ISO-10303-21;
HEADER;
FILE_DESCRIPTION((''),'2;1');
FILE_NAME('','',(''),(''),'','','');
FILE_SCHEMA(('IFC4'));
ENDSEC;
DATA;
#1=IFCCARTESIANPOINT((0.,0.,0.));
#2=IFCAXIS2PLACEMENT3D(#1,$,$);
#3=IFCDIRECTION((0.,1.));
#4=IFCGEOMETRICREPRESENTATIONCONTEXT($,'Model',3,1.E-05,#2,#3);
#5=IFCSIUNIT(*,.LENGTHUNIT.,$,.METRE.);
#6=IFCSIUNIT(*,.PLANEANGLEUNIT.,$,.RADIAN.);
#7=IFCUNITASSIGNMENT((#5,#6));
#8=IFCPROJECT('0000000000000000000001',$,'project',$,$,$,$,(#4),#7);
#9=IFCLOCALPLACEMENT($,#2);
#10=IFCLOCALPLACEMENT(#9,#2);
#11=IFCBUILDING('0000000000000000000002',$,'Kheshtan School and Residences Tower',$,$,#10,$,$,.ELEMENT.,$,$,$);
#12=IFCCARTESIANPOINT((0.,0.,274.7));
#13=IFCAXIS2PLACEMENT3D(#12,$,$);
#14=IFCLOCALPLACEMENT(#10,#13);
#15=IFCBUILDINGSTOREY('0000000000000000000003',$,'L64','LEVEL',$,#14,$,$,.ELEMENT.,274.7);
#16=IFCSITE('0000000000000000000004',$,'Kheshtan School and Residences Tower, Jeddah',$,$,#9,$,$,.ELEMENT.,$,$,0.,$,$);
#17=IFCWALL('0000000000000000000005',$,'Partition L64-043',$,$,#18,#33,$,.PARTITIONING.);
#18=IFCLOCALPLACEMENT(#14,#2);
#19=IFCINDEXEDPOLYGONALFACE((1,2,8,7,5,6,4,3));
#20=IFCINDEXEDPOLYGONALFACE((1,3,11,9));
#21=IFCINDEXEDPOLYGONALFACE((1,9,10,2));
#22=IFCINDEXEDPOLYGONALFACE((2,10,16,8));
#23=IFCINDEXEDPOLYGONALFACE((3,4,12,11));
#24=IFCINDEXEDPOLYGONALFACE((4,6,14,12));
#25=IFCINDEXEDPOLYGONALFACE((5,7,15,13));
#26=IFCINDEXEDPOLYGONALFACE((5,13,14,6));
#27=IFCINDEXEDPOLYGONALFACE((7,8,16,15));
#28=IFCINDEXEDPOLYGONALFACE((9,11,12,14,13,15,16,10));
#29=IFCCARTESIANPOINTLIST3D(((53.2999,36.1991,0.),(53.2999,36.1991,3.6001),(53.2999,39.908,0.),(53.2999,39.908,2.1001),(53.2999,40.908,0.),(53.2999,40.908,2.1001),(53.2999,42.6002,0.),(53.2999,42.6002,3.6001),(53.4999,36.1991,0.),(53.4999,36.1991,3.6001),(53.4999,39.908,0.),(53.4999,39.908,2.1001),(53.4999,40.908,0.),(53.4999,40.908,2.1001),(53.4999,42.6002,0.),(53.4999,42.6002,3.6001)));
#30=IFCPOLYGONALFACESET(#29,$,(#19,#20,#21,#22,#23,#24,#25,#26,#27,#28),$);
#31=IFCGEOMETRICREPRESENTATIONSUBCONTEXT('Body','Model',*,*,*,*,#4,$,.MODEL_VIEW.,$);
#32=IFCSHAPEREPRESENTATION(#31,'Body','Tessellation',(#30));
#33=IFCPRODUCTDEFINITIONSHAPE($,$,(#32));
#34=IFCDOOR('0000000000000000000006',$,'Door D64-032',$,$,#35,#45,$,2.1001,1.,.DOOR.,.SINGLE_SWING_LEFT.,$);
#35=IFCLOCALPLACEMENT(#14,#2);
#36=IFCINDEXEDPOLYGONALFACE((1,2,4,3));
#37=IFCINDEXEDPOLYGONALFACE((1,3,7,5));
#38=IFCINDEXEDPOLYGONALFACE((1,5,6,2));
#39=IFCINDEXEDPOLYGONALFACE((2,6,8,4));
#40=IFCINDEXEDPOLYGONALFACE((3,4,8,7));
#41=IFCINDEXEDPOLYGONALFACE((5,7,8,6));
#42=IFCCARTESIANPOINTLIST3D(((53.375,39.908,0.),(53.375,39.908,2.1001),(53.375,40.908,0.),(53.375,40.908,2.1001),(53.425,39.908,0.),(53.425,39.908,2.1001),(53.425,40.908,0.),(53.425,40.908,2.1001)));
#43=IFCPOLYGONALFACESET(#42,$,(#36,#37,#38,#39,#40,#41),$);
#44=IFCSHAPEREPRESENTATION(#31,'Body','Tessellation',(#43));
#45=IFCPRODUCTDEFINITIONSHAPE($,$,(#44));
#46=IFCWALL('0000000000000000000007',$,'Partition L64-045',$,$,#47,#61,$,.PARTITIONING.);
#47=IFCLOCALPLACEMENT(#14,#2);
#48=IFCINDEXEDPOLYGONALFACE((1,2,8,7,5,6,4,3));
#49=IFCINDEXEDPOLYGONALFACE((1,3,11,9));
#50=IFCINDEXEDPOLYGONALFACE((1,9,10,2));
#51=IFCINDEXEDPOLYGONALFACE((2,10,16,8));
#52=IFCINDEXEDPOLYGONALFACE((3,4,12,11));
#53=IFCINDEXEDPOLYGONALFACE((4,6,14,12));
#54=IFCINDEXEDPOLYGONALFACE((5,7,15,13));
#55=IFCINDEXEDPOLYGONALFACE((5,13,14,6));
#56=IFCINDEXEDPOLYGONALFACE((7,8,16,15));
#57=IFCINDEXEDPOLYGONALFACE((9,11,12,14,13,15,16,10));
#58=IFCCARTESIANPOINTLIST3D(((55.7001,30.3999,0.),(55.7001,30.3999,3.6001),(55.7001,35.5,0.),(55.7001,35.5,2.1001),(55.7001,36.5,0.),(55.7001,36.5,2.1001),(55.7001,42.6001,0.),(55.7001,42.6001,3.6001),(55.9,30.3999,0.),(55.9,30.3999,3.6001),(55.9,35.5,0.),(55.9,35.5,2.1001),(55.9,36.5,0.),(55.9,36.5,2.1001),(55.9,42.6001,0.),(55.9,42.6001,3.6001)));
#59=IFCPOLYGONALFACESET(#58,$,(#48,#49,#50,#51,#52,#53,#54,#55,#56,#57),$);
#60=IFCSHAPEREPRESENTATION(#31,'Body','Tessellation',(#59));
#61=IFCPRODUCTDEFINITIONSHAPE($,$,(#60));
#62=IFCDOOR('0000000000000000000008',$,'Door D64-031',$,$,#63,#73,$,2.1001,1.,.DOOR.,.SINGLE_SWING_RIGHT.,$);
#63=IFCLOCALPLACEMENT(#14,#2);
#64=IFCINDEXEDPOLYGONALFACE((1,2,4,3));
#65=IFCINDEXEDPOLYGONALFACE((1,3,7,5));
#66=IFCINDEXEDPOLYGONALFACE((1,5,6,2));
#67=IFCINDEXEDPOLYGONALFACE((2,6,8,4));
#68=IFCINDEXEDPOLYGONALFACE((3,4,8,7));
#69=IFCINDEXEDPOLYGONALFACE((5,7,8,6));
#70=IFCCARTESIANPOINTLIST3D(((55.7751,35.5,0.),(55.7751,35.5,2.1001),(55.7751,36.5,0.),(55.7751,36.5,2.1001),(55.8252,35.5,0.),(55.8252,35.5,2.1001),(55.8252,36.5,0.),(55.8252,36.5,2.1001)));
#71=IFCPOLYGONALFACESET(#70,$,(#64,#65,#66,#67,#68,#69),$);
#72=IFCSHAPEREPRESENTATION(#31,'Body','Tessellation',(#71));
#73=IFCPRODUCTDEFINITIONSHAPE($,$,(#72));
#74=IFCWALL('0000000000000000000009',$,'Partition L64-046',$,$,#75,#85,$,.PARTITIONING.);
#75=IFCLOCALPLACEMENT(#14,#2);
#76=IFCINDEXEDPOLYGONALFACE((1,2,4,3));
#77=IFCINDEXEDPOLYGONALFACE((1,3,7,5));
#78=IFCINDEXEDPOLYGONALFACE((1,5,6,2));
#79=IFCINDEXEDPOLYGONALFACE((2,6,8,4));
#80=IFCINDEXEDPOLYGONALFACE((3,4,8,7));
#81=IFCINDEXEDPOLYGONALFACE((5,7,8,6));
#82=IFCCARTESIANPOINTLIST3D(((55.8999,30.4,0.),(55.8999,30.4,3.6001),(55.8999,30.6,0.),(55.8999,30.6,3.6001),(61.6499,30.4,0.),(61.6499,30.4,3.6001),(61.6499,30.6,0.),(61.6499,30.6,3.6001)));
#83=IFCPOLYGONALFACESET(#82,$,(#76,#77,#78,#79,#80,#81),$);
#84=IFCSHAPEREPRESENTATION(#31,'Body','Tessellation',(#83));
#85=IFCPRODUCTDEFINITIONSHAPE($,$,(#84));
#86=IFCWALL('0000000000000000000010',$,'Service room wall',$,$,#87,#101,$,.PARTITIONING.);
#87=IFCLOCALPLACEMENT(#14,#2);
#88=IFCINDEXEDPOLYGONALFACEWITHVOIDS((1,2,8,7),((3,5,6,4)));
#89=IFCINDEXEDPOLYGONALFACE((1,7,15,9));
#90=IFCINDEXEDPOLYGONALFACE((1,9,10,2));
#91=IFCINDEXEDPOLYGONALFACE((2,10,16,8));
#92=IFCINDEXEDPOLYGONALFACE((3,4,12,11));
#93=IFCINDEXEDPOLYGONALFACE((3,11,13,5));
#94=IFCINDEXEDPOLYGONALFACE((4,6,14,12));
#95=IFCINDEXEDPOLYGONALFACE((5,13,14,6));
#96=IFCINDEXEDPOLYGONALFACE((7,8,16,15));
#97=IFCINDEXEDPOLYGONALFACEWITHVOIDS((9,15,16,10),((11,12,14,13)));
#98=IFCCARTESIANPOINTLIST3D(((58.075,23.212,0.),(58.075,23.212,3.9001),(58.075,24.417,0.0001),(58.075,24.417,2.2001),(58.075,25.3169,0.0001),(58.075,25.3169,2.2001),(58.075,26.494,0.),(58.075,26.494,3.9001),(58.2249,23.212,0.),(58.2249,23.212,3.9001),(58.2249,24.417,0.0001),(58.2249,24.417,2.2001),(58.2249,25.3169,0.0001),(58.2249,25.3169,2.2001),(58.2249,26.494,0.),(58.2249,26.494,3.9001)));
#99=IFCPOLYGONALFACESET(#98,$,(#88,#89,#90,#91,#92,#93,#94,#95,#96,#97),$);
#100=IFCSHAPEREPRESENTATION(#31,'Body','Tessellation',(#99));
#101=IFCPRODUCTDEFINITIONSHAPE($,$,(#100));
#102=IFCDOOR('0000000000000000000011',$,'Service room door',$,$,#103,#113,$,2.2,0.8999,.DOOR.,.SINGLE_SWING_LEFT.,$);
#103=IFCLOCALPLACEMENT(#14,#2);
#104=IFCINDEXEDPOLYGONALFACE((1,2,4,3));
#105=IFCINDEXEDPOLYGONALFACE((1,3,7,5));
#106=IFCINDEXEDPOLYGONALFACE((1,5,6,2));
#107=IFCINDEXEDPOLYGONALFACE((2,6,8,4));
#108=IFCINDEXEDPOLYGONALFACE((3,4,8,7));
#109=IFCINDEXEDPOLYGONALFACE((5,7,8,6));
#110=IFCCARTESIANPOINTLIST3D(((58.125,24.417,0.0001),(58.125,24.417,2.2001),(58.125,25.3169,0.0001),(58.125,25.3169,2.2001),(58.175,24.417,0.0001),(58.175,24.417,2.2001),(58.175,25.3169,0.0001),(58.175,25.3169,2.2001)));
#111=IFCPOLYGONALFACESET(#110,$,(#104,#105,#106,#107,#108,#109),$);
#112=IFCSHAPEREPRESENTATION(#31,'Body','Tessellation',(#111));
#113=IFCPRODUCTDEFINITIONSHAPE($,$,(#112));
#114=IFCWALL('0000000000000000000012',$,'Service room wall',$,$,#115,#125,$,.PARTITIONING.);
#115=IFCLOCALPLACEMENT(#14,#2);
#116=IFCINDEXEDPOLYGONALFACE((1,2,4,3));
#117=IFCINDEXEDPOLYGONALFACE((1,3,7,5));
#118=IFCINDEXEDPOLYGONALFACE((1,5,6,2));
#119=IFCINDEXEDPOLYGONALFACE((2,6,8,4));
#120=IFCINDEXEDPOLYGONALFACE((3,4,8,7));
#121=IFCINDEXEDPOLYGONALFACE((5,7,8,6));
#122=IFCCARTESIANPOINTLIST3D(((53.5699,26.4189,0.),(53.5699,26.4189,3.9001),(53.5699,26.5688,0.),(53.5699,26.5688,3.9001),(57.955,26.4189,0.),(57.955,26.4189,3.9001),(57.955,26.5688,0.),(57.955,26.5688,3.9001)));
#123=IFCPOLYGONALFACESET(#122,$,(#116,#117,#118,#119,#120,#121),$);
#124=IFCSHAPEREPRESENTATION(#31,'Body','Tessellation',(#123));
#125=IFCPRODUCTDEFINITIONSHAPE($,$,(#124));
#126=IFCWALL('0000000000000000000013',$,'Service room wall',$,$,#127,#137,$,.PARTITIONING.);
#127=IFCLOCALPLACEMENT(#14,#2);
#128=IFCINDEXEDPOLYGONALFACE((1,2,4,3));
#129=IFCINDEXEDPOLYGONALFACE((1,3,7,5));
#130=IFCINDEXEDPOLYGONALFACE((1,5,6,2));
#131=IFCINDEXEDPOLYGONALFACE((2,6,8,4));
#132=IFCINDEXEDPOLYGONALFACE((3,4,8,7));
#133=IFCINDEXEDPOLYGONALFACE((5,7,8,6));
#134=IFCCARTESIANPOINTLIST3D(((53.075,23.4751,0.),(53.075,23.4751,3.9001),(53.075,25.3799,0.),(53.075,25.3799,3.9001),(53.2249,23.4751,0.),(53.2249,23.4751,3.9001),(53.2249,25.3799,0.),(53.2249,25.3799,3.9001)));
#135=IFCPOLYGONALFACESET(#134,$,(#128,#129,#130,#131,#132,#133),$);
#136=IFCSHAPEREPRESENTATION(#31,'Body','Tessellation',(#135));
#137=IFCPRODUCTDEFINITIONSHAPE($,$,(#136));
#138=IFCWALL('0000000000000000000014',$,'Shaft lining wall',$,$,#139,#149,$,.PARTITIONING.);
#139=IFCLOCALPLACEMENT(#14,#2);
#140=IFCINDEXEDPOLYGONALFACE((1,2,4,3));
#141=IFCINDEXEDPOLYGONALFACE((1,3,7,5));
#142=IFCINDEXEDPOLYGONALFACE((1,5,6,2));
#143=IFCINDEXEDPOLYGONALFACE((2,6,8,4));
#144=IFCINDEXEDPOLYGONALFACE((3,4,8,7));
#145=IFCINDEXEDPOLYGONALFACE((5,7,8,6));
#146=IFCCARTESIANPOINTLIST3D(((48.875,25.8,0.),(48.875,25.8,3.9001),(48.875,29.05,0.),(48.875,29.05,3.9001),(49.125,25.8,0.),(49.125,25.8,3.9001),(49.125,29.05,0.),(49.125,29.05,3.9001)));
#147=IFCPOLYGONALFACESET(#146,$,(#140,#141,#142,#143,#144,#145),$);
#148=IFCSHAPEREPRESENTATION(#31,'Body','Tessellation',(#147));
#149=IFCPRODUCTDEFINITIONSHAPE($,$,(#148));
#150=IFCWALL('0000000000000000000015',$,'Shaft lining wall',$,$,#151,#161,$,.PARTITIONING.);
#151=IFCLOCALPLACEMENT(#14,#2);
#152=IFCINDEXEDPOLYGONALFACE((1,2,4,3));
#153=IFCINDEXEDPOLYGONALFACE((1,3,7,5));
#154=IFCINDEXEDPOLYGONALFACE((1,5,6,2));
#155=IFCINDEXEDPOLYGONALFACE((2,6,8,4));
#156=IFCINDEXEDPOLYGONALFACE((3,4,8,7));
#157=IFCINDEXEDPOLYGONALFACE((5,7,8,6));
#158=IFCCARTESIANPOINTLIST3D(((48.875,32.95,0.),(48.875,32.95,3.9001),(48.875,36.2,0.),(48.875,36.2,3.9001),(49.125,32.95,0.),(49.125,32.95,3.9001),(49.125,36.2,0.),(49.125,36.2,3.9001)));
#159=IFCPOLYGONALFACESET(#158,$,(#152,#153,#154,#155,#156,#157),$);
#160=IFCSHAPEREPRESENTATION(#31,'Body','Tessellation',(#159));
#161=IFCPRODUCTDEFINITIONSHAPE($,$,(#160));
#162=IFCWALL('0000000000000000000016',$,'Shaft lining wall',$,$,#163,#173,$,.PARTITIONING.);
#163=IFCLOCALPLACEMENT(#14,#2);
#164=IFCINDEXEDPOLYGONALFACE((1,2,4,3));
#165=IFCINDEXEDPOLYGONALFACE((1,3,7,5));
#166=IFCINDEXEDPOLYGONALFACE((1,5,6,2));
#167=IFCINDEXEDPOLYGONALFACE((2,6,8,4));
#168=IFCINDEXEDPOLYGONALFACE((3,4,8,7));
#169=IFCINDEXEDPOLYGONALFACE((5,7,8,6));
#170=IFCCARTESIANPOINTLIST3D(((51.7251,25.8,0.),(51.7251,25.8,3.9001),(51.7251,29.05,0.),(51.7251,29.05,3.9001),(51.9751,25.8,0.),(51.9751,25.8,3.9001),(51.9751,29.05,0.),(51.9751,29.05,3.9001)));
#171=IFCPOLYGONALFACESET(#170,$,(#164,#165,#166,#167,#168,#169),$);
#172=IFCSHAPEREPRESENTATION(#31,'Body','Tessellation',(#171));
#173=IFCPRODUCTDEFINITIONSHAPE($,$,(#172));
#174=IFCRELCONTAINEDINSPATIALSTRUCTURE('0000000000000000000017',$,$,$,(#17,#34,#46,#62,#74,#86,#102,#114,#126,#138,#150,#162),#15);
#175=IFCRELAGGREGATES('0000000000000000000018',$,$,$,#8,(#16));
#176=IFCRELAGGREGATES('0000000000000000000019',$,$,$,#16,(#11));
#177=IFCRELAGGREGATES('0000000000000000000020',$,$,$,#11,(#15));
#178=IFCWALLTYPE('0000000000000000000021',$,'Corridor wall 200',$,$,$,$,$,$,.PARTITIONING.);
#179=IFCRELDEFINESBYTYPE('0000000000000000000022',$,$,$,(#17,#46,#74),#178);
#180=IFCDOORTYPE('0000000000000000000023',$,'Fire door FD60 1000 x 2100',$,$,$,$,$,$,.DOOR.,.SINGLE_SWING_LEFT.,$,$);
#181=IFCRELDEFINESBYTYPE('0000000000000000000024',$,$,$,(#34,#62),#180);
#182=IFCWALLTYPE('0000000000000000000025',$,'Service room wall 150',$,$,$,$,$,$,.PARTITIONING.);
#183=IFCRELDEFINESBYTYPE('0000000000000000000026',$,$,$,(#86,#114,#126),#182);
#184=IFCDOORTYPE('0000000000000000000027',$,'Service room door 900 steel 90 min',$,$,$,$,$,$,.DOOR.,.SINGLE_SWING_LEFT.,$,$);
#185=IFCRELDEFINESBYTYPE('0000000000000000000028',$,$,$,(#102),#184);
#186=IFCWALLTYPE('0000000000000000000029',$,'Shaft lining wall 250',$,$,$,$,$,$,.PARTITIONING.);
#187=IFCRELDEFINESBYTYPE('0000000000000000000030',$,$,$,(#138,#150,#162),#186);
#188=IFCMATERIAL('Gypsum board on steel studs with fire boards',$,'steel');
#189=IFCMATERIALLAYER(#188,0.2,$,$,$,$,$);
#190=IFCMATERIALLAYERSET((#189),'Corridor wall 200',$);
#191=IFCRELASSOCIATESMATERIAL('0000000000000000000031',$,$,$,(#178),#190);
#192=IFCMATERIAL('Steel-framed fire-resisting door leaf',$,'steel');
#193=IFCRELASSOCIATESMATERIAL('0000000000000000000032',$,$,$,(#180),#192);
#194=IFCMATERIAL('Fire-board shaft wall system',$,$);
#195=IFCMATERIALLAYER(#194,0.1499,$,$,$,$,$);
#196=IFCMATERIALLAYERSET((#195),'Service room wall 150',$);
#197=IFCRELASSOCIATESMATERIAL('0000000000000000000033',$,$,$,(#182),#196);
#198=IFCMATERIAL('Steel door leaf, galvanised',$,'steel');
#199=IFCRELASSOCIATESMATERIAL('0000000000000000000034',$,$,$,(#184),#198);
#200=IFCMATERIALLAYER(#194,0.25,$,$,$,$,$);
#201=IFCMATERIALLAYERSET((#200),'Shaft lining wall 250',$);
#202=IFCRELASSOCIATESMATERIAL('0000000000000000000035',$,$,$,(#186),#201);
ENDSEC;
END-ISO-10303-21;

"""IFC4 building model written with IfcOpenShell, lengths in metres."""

from ifc_helpers import new_model, si_unit, direction, frame, frame_2d, origin, place, context, subcontext, project, spatial, rectangle, extrude, source, transform, mapped, material, layer, layer_set, type_object, element, fill, save


model = new_model("IFC4")

# Units and contexts
model_context = context("Model", 3, precision=1e-05, world=origin(), true_north=direction((0.0, 1.0)))
body_context = subcontext(model_context, "Body", "Model", "MODEL_VIEW")
ifc_project = project(units=[si_unit("LENGTHUNIT", "METRE"), si_unit("PLANEANGLEUNIT", "RADIAN")], contexts=[model_context])

# Site, building, storey
site_placement = place(None, origin())
site = spatial("IfcSite", under=ifc_project, at=site_placement, Name="Kheshtan School and Residences Tower, Jeddah", CompositionType="ELEMENT", RefElevation=0.0)
building_placement = place(site_placement, origin())
building = spatial("IfcBuilding", under=site, at=building_placement, Name="Kheshtan School and Residences Tower", CompositionType="ELEMENT")
storey_placement = place(building_placement, frame((0.0, 0.0, 274.7)))
storey = spatial("IfcBuildingStorey", under=building, at=storey_placement, Name="L64", Description="LEVEL", CompositionType="ELEMENT", Elevation=274.7)

# Shared definitions
ifc_material_1 = material(Name="Steel door leaf, galvanised", Category="steel")

# Walls, openings, doors
ifc_material_2 = material(Name="Gypsum board on steel studs with fire boards", Category="steel")
ifc_layer_1 = layer(ifc_material_2, 0.2)
ifc_layer_set_1 = layer_set([ifc_layer_1], Name="Corridor wall 200")
wall_type_1 = type_object("IfcWallType", Name="Corridor wall 200", PredefinedType="PARTITIONING", material=ifc_layer_set_1)
wall_1_placement = place(storey_placement, frame((53.3999, 36.199, 0.0), z_axis=(0.0, 0.0, 1.0), x_axis=(0.0, 1.0, 0.0)))
wall_1 = element("IfcWall", 1, at=wall_1_placement, inside=storey, type_object=wall_type_1, Name="Partition L64-043", PredefinedType="PARTITIONING", context=body_context, shape_type="SweptSolid", body=[
    extrude(rectangle(XDim=6.4011, YDim=0.2, at=frame_2d((3.2007, 0.0))), origin(), (0.0, 0.0, 1.0), 3.6001),
])
opening_1_placement = place(wall_1_placement, frame((3.709, 0.0, 0.0)))
opening_1 = element("IfcOpeningElement", 2, at=opening_1_placement, cuts=wall_1, PredefinedType="OPENING", context=body_context, shape_type="SweptSolid", body=[
    extrude(rectangle(XDim=1.0, YDim=2.1001, at=frame_2d((0.5, 1.05))), frame((0.0, 0.1099, 0.0), z_axis=(0.0, -1.0, 0.0), x_axis=(1.0, 0.0, 0.0)), (0.0, 0.0, 1.0), 0.22),
])
ifc_material_3 = material(Name="Steel-framed fire-resisting door leaf", Category="steel")
door_type_1 = type_object("IfcDoorType", Name="Fire door FD60 1000 x 2100", OperationType="SINGLE_SWING_LEFT", PredefinedType="DOOR", material=ifc_material_3)
shared_shape_1 = source(origin(), body_context, "Body", "SweptSolid", [
    extrude(rectangle(XDim=1.0, YDim=2.1001, at=frame_2d((0.5, 1.05))), frame((0.0, 0.0249, 0.0), z_axis=(0.0, -1.0, 0.0), x_axis=(1.0, 0.0, 0.0)), (0.0, 0.0, 1.0), 0.05),
])
door_1_placement = place(opening_1_placement, origin())
door_1 = element("IfcDoor", 3, at=door_1_placement, inside=storey, type_object=door_type_1, Name="Door D64-032", OperationType="SINGLE_SWING_LEFT", OverallHeight=2.1001, OverallWidth=1.0, PredefinedType="DOOR", context=body_context, shape_type="MappedRepresentation", body=[
    mapped(shared_shape_1, transform((0.0, 0.0, 0.0), x_axis=(1.0, 0.0, 0.0), y_axis=(0.0, 1.0, 0.0), z_axis=(0.0, 0.0, 1.0), scale=1.0)),
])
fill(opening_1, door_1)
wall_2_placement = place(storey_placement, frame((55.8, 30.3999, 0.0), z_axis=(0.0, 0.0, 1.0), x_axis=(0.0, 1.0, 0.0)))
wall_2 = element("IfcWall", 4, at=wall_2_placement, inside=storey, type_object=wall_type_1, Name="Partition L64-045", PredefinedType="PARTITIONING", context=body_context, shape_type="SweptSolid", body=[
    extrude(rectangle(XDim=12.2002, YDim=0.2, at=frame_2d((6.1001, 0.0))), origin(), (0.0, 0.0, 1.0), 3.6001),
])
opening_2_placement = place(wall_2_placement, frame((5.1001, 0.0, 0.0)))
opening_2 = element("IfcOpeningElement", 5, at=opening_2_placement, cuts=wall_2, PredefinedType="OPENING", context=body_context, shape_type="SweptSolid", body=[
    extrude(rectangle(XDim=1.0, YDim=2.1001, at=frame_2d((0.5, 1.05))), frame((0.0, 0.1099, 0.0), z_axis=(0.0, -1.0, 0.0), x_axis=(1.0, 0.0, 0.0)), (0.0, 0.0, 1.0), 0.22),
])
door_2_placement = place(opening_2_placement, origin())
door_2 = element("IfcDoor", 6, at=door_2_placement, inside=storey, type_object=door_type_1, Name="Door D64-031", OperationType="SINGLE_SWING_RIGHT", OverallHeight=2.1001, OverallWidth=1.0, PredefinedType="DOOR", context=body_context, shape_type="MappedRepresentation", body=[
    mapped(shared_shape_1, transform((0.0, 0.0, 0.0), x_axis=(1.0, 0.0, 0.0), y_axis=(0.0, 1.0, 0.0), z_axis=(0.0, 0.0, 1.0), scale=1.0)),
])
fill(opening_2, door_2)

# Wall
wall_3_placement = place(storey_placement, frame((55.8999, 30.5, 0.0), z_axis=(0.0, 0.0, 1.0), x_axis=(1.0, 0.0, 0.0)))
element("IfcWall", 7, at=wall_3_placement, inside=storey, type_object=wall_type_1, Name="Partition L64-046", PredefinedType="PARTITIONING", context=body_context, shape_type="SweptSolid", body=[
    extrude(rectangle(XDim=5.75, YDim=0.2, at=frame_2d((2.875, 0.0))), origin(), (0.0, 0.0, 1.0), 3.6001),
])

# Wall, opening, door
ifc_material_4 = material(Name="Fire-board shaft wall system")
ifc_layer_2 = layer(ifc_material_4, 0.1499)
ifc_layer_set_2 = layer_set([ifc_layer_2], Name="Service room wall 150")
wall_type_2 = type_object("IfcWallType", Name="Service room wall 150", PredefinedType="PARTITIONING", material=ifc_layer_set_2)
wall_4_placement = place(storey_placement, frame((58.1499, 23.2119, 0.0), z_axis=(0.0, 0.0, 1.0), x_axis=(0.0, 1.0, 0.0)))
wall_4 = element("IfcWall", 8, at=wall_4_placement, inside=storey, type_object=wall_type_2, Name="Service room wall", PredefinedType="PARTITIONING", context=body_context, shape_type="SweptSolid", body=[
    extrude(rectangle(XDim=3.282, YDim=0.1499, at=frame_2d((1.6411, 0.0))), origin(), (0.0, 0.0, 1.0), 3.9001),
])
opening_3_placement = place(wall_4_placement, frame((1.2051, 0.0, 0.0)))
opening_3 = element("IfcOpeningElement", 9, at=opening_3_placement, cuts=wall_4, PredefinedType="OPENING", context=body_context, shape_type="SweptSolid", body=[
    extrude(rectangle(XDim=0.8999, YDim=2.2, at=frame_2d((0.45, 1.1001))), frame((0.0, 0.085, 0.0), z_axis=(0.0, -1.0, 0.0), x_axis=(1.0, 0.0, 0.0)), (0.0, 0.0, 1.0), 0.1699),
])
door_type_2 = type_object("IfcDoorType", Name="Service room door 900 steel 90 min", OperationType="SINGLE_SWING_LEFT", PredefinedType="DOOR", material=ifc_material_1)
shared_shape_2 = source(origin(), body_context, "Body", "SweptSolid", [
    extrude(rectangle(XDim=0.8999, YDim=2.2, at=frame_2d((0.45, 1.1001))), frame((0.0, 0.0249, 0.0), z_axis=(0.0, -1.0, 0.0), x_axis=(1.0, 0.0, 0.0)), (0.0, 0.0, 1.0), 0.05),
])
door_3_placement = place(opening_3_placement, origin())
door_3 = element("IfcDoor", 10, at=door_3_placement, inside=storey, type_object=door_type_2, Name="Service room door", OperationType="SINGLE_SWING_LEFT", OverallHeight=2.2, OverallWidth=0.8999, PredefinedType="DOOR", context=body_context, shape_type="MappedRepresentation", body=[
    mapped(shared_shape_2, transform((0.0, 0.0, 0.0), x_axis=(1.0, 0.0, 0.0), y_axis=(0.0, 1.0, 0.0), z_axis=(0.0, 0.0, 1.0), scale=1.0)),
])
fill(opening_3, door_3)

# Walls
wall_5_placement = place(storey_placement, frame((53.5701, 26.4939, 0.0), z_axis=(0.0, 0.0, 1.0), x_axis=(1.0, 0.0, 0.0)))
element("IfcWall", 11, at=wall_5_placement, inside=storey, type_object=wall_type_2, Name="Service room wall", PredefinedType="PARTITIONING", context=body_context, shape_type="SweptSolid", body=[
    extrude(rectangle(XDim=4.385, YDim=0.1499, at=frame_2d((2.1924, 0.0))), origin(), (0.0, 0.0, 1.0), 3.9001),
])
wall_6_placement = place(storey_placement, frame((53.1499, 23.4751, 0.0), z_axis=(0.0, 0.0, 1.0), x_axis=(0.0, 1.0, 0.0)))
element("IfcWall", 12, at=wall_6_placement, inside=storey, type_object=wall_type_2, Name="Service room wall", PredefinedType="PARTITIONING", context=body_context, shape_type="SweptSolid", body=[
    extrude(rectangle(XDim=1.9048, YDim=0.1499, at=frame_2d((0.9524, 0.0))), origin(), (0.0, 0.0, 1.0), 3.9001),
])
ifc_layer_3 = layer(ifc_material_4, 0.25)
ifc_layer_set_3 = layer_set([ifc_layer_3], Name="Shaft lining wall 250")
wall_type_3 = type_object("IfcWallType", Name="Shaft lining wall 250", PredefinedType="PARTITIONING", material=ifc_layer_set_3)
for number, where, z_axis, x_axis, name in (
    (13, (49.0, 25.8, 0.0), (0.0, 0.0, 1.0), (0.0, 1.0, 0.0), "Shaft lining wall"),
    (14, (49.0, 32.95, 0.0), (0.0, 0.0, 1.0), (0.0, 1.0, 0.0), "Shaft lining wall"),
    (15, (51.8501, 25.8, 0.0), (0.0, 0.0, 1.0), (0.0, 1.0, 0.0), "Shaft lining wall"),
):
    element("IfcWall", number, at=place(storey_placement, frame(where, z_axis=z_axis, x_axis=x_axis)), inside=storey, type_object=wall_type_3, Name=name, PredefinedType="PARTITIONING", context=body_context, shape_type="SweptSolid", body=[
        extrude(rectangle(XDim=3.25, YDim=0.25, at=frame_2d((1.625, 0.0))), origin(), (0.0, 0.0, 1.0), 3.9001),
    ])

save(model, "model.ifc")
